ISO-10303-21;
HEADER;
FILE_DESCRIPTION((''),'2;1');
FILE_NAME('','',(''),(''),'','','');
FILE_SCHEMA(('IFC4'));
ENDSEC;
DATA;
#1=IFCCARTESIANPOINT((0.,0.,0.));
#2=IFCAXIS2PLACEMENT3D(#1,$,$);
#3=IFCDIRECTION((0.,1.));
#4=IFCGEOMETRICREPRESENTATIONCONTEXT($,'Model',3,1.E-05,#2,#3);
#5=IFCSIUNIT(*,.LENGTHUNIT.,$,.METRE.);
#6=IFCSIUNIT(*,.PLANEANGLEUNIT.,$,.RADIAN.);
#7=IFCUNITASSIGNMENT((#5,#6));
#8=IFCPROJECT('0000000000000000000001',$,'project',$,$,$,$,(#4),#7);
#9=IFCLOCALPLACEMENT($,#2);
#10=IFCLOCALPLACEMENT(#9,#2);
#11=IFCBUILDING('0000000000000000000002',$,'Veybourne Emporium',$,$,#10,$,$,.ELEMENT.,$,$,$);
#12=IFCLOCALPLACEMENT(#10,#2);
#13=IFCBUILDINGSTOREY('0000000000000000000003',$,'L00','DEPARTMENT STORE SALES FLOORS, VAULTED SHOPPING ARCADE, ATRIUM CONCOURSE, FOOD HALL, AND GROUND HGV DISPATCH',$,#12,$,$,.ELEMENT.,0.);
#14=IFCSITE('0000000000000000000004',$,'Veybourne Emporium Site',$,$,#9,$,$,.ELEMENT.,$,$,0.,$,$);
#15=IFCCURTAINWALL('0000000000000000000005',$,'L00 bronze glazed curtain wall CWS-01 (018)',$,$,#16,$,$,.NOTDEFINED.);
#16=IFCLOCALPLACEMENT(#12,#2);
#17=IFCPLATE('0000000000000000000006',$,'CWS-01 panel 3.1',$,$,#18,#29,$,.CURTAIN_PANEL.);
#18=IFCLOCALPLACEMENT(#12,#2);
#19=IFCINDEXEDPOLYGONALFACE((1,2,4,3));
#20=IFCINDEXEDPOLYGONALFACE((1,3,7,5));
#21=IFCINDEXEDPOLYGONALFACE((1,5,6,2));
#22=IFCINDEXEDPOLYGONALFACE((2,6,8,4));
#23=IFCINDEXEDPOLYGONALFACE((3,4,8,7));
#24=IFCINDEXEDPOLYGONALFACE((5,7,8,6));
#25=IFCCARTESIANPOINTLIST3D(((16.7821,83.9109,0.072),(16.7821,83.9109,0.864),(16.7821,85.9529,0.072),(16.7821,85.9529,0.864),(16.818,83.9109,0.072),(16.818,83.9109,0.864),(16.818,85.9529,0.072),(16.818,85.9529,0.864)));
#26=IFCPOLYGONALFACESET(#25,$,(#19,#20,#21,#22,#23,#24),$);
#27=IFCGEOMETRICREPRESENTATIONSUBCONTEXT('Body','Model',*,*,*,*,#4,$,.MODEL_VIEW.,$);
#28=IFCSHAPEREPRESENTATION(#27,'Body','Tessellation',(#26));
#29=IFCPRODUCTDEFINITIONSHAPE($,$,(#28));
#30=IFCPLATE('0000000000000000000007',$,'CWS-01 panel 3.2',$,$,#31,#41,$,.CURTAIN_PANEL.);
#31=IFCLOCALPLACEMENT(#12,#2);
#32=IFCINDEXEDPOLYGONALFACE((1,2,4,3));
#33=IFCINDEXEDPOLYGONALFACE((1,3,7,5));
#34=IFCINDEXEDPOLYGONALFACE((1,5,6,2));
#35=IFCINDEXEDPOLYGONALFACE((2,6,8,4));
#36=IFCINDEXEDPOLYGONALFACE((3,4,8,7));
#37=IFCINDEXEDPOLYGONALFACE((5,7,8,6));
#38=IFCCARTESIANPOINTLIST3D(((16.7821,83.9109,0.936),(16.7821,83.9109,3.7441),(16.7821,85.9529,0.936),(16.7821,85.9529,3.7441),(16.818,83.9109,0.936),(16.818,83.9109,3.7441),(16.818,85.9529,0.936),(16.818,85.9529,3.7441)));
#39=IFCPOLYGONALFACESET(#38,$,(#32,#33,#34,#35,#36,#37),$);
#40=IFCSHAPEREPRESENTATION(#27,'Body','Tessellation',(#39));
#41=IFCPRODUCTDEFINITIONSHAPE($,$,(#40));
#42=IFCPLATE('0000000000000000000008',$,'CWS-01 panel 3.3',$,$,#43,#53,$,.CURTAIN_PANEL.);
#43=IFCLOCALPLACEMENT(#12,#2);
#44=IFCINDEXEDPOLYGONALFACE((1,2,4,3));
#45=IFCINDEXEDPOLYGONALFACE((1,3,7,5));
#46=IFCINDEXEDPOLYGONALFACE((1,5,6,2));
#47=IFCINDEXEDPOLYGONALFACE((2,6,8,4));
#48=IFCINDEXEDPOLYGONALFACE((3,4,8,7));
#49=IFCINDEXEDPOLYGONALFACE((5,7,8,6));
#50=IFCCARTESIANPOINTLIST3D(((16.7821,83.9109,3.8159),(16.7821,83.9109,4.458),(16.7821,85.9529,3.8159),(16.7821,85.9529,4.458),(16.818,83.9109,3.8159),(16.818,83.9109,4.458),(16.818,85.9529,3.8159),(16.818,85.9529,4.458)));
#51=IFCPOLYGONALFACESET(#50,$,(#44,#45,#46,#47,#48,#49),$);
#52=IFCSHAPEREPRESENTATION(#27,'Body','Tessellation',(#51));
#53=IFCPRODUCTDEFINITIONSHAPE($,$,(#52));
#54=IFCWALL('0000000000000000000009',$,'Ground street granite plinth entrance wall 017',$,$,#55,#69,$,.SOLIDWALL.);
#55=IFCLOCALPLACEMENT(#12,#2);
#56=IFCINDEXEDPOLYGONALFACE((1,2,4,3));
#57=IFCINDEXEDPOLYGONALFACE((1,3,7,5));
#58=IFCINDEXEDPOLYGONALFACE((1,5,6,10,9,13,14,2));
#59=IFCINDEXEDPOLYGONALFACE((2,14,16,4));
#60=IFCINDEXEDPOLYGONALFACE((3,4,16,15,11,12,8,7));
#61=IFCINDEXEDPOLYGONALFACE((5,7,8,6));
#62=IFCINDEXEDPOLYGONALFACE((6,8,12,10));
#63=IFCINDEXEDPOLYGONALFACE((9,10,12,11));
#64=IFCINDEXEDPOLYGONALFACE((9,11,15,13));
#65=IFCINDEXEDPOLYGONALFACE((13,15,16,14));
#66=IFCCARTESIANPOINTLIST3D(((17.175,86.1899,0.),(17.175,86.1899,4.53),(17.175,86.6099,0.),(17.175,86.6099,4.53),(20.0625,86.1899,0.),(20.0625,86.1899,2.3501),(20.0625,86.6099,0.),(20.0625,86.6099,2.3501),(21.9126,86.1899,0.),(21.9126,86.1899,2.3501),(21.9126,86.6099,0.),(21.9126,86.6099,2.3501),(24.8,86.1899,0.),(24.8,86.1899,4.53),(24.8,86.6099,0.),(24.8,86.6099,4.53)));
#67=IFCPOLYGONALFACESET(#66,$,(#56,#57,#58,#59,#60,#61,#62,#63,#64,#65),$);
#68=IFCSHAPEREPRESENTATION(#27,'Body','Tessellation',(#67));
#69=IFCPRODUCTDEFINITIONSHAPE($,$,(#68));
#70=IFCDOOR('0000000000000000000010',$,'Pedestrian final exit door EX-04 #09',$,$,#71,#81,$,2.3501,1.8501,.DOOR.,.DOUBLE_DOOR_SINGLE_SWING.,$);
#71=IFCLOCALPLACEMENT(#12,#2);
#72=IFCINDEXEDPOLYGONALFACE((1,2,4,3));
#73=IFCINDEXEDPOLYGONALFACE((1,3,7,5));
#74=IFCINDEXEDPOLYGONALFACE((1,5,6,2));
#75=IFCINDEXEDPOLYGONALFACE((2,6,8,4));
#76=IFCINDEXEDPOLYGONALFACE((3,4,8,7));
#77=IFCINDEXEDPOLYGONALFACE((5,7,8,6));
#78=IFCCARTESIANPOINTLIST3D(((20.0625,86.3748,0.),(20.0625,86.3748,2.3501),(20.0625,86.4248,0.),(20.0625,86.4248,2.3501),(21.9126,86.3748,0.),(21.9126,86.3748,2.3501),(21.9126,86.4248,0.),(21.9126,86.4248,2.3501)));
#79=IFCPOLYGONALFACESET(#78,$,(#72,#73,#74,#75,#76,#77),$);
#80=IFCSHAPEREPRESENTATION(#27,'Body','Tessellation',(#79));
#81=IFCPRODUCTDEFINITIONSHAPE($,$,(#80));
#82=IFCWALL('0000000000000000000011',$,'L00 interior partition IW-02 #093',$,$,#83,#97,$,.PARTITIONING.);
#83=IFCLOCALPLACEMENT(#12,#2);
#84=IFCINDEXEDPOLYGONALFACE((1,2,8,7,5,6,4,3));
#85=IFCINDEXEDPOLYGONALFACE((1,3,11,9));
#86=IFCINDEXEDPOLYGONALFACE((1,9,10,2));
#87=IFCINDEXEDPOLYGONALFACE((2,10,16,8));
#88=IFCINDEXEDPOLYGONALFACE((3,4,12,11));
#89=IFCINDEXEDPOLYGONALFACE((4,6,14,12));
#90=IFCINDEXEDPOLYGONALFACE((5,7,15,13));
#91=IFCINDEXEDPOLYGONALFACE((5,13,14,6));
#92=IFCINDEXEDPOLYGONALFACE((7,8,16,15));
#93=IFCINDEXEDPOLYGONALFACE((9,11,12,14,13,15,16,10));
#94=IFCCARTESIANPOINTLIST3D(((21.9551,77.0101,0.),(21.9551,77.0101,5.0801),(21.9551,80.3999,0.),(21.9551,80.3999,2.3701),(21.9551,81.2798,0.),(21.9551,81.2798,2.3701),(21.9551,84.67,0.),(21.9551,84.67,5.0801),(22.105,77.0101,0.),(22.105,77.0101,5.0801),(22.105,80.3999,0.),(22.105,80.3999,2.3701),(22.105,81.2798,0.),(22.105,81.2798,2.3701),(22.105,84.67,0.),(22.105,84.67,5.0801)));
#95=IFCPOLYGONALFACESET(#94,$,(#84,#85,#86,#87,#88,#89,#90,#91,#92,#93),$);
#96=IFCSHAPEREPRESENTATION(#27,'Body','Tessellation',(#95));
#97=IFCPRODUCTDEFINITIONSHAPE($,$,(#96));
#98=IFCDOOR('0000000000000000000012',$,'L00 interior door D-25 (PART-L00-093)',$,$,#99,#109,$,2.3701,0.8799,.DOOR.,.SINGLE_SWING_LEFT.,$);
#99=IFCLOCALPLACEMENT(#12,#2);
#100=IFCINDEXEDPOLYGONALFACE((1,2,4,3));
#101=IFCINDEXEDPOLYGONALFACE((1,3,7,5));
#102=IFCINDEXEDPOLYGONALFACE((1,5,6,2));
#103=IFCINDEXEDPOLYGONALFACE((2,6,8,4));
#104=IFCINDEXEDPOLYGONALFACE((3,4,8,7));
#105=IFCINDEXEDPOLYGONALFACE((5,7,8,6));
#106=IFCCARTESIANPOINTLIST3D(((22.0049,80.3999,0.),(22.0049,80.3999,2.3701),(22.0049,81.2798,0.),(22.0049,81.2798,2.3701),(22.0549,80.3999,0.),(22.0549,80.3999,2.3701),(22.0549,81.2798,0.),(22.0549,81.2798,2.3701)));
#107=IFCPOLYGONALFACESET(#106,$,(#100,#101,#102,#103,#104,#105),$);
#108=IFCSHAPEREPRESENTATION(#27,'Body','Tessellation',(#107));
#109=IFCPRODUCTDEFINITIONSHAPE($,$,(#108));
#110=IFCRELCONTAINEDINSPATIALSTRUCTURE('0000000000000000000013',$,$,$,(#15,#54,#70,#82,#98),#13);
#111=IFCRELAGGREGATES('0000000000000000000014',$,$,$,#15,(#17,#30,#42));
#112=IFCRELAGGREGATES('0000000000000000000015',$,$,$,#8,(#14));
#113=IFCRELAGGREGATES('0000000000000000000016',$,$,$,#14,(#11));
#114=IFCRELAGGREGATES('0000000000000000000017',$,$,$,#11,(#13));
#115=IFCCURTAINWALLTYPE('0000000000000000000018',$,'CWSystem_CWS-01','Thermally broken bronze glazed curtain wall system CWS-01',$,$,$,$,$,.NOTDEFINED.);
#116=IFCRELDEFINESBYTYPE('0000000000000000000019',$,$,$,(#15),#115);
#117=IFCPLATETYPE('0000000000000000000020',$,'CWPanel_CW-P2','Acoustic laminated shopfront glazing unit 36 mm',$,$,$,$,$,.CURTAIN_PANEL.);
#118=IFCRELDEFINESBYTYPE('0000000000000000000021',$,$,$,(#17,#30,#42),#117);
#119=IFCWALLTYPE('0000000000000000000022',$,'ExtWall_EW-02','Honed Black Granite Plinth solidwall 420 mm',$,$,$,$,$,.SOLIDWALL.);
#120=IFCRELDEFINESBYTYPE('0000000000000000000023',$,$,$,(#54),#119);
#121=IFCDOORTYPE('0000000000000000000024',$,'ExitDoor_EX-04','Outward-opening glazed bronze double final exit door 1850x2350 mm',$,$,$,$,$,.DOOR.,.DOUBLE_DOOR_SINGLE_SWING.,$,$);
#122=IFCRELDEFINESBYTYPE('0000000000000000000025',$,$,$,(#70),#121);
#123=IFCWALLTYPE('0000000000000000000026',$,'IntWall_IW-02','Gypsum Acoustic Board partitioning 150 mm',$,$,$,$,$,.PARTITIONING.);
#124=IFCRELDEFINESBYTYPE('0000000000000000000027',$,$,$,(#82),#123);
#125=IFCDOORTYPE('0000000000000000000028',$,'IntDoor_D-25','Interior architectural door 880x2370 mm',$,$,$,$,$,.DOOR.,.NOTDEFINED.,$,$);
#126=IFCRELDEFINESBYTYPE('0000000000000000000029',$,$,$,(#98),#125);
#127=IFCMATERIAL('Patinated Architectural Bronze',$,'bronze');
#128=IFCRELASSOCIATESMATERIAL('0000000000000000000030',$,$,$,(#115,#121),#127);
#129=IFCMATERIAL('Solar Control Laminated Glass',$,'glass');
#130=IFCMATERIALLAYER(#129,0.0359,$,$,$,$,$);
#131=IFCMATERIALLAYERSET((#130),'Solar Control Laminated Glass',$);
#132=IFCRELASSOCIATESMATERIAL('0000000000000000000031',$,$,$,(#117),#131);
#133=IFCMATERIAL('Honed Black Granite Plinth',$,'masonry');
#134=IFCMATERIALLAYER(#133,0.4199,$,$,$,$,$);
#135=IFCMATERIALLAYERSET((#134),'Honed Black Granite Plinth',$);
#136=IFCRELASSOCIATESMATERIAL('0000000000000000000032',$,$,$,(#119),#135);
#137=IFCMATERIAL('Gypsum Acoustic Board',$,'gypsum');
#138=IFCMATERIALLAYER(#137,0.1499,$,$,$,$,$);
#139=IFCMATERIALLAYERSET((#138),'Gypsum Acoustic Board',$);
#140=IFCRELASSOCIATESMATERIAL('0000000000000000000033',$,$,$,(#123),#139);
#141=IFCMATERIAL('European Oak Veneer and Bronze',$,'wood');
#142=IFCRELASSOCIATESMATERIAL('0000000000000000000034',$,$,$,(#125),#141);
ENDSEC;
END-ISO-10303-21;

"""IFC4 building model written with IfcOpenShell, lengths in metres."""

from ifc_helpers import new_model, si_unit, direction, frame, frame_2d, origin, origin_2d, place, context, subcontext, project, spatial, rectangle, extrude, material, layer, layer_set, type_object, element, fill, aggregate, save


model = new_model("IFC4")

# Units and contexts
model_context = context("Model", 3, precision=1e-05, world=origin(), true_north=direction((0.0, 1.0)))
body_context = subcontext(model_context, "Body", "Model", "MODEL_VIEW")
ifc_project = project(units=[si_unit("LENGTHUNIT", "METRE"), si_unit("PLANEANGLEUNIT", "RADIAN")], contexts=[model_context])

# Site, building, storey
site_placement = place(None, origin())
site = spatial("IfcSite", under=ifc_project, at=site_placement, Name="Veybourne Emporium Site", CompositionType="ELEMENT", RefElevation=0.0)
building_placement = place(site_placement, origin())
building = spatial("IfcBuilding", under=site, at=building_placement, Name="Veybourne Emporium", CompositionType="ELEMENT")
storey_placement = place(building_placement, origin())
storey = spatial("IfcBuildingStorey", under=building, at=storey_placement, Name="L00", Description="DEPARTMENT STORE SALES FLOORS, VAULTED SHOPPING ARCADE, ATRIUM CONCOURSE, FOOD HALL, AND GROUND HGV DISPATCH", CompositionType="ELEMENT", Elevation=0.0)

# Curtain wall
ifc_material_1 = material(Name="Patinated Architectural Bronze", Category="bronze")
curtain_wall_type = type_object("IfcCurtainWallType", Name="CWSystem_CWS-01", Description="Thermally broken bronze glazed curtain wall system CWS-01", PredefinedType="NOTDEFINED", material=ifc_material_1)
curtain_wall_placement = place(storey_placement, origin())
curtain_wall = element("IfcCurtainWall", 1, at=curtain_wall_placement, inside=storey, type_object=curtain_wall_type, Name="L00 bronze glazed curtain wall CWS-01 (018)", PredefinedType="NOTDEFINED")

# Plates
ifc_material_2 = material(Name="Solar Control Laminated Glass", Category="glass")
ifc_layer_1 = layer(ifc_material_2, 0.0359)
ifc_layer_set_1 = layer_set([ifc_layer_1], Name="Solar Control Laminated Glass")
plate_type = type_object("IfcPlateType", Name="CWPanel_CW-P2", Description="Acoustic laminated shopfront glazing unit 36 mm", PredefinedType="CURTAIN_PANEL", material=ifc_layer_set_1)
plate_1_placement = place(storey_placement, frame((16.8, 84.9319, 0.072), z_axis=(0.0, 0.0, 1.0), x_axis=(0.0, 1.0, 0.0)))
plate_1 = element("IfcPlate", 2, at=plate_1_placement, type_object=plate_type, Name="CWS-01 panel 3.1", PredefinedType="CURTAIN_PANEL", context=body_context, shape_type="SweptSolid", body=[
    extrude(rectangle(XDim=2.042, YDim=0.0359, at=origin_2d()), origin(), (0.0, 0.0, 1.0), 0.792),
])
plate_2_placement = place(storey_placement, frame((16.8, 84.9319, 0.936), z_axis=(0.0, 0.0, 1.0), x_axis=(0.0, 1.0, 0.0)))
plate_2 = element("IfcPlate", 3, at=plate_2_placement, type_object=plate_type, Name="CWS-01 panel 3.2", PredefinedType="CURTAIN_PANEL", context=body_context, shape_type="SweptSolid", body=[
    extrude(rectangle(XDim=2.042, YDim=0.0359, at=origin_2d()), origin(), (0.0, 0.0, 1.0), 2.8081),
])
plate_3_placement = place(storey_placement, frame((16.8, 84.9319, 3.8159), z_axis=(0.0, 0.0, 1.0), x_axis=(0.0, 1.0, 0.0)))
plate_3 = element("IfcPlate", 4, at=plate_3_placement, type_object=plate_type, Name="CWS-01 panel 3.3", PredefinedType="CURTAIN_PANEL", context=body_context, shape_type="SweptSolid", body=[
    extrude(rectangle(XDim=2.042, YDim=0.0359, at=origin_2d()), origin(), (0.0, 0.0, 1.0), 0.6421),
])
aggregate(curtain_wall, [plate_1, plate_2, plate_3])

# Walls, openings, doors
ifc_material_3 = material(Name="Honed Black Granite Plinth", Category="masonry")
ifc_layer_2 = layer(ifc_material_3, 0.4199)
ifc_layer_set_2 = layer_set([ifc_layer_2], Name="Honed Black Granite Plinth")
wall_type_1 = type_object("IfcWallType", Name="ExtWall_EW-02", Description="Honed Black Granite Plinth solidwall 420 mm", PredefinedType="SOLIDWALL", material=ifc_layer_set_2)
wall_1_placement = place(storey_placement, frame((17.175, 86.3999, 0.0), z_axis=(0.0, 0.0, 1.0), x_axis=(1.0, 0.0, 0.0)))
wall_1 = element("IfcWall", 5, at=wall_1_placement, inside=storey, type_object=wall_type_1, Name="Ground street granite plinth entrance wall 017", PredefinedType="SOLIDWALL", context=body_context, shape_type="SweptSolid", body=[
    extrude(rectangle(XDim=7.625, YDim=0.4199, at=frame_2d((3.8125, 0.0))), origin(), (0.0, 0.0, 1.0), 4.53),
])
opening_1_placement = place(wall_1_placement, frame((2.8875, 0.0, 0.0)))
opening_1 = element("IfcOpeningElement", 6, at=opening_1_placement, cuts=wall_1, PredefinedType="OPENING", context=body_context, shape_type="SweptSolid", body=[
    extrude(rectangle(XDim=1.8501, YDim=2.3501, at=frame_2d((0.925, 1.175))), frame((0.0, 0.23, 0.0), z_axis=(0.0, -1.0, 0.0), x_axis=(1.0, 0.0, 0.0)), (0.0, 0.0, 1.0), 0.46),
])
door_type_1 = type_object("IfcDoorType", Name="ExitDoor_EX-04", Description="Outward-opening glazed bronze double final exit door 1850x2350 mm", OperationType="DOUBLE_DOOR_SINGLE_SWING", PredefinedType="DOOR", material=ifc_material_1)
door_1_placement = place(opening_1_placement, origin())
door_1 = element("IfcDoor", 7, at=door_1_placement, inside=storey, type_object=door_type_1, Name="Pedestrian final exit door EX-04 #09", OperationType="DOUBLE_DOOR_SINGLE_SWING", OverallHeight=2.3501, OverallWidth=1.8501, PredefinedType="DOOR", context=body_context, shape_type="SweptSolid", body=[
    extrude(rectangle(XDim=1.8501, YDim=2.3501, at=frame_2d((0.925, 1.175))), frame((0.0, 0.0249, 0.0), z_axis=(0.0, -1.0, 0.0), x_axis=(1.0, 0.0, 0.0)), (0.0, 0.0, 1.0), 0.05),
])
fill(opening_1, door_1)
ifc_material_4 = material(Name="Gypsum Acoustic Board", Category="gypsum")
ifc_layer_3 = layer(ifc_material_4, 0.1499)
ifc_layer_set_3 = layer_set([ifc_layer_3], Name="Gypsum Acoustic Board")
wall_type_2 = type_object("IfcWallType", Name="IntWall_IW-02", Description="Gypsum Acoustic Board partitioning 150 mm", PredefinedType="PARTITIONING", material=ifc_layer_set_3)
wall_2_placement = place(storey_placement, frame((22.03, 77.01, 0.0), z_axis=(0.0, 0.0, 1.0), x_axis=(0.0, 1.0, 0.0)))
wall_2 = element("IfcWall", 8, at=wall_2_placement, inside=storey, type_object=wall_type_2, Name="L00 interior partition IW-02 #093", PredefinedType="PARTITIONING", context=body_context, shape_type="SweptSolid", body=[
    extrude(rectangle(XDim=7.6599, YDim=0.1499, at=frame_2d((3.8301, 0.0))), origin(), (0.0, 0.0, 1.0), 5.0801),
])
opening_2_placement = place(wall_2_placement, frame((3.3899, 0.0, 0.0)))
opening_2 = element("IfcOpeningElement", 9, at=opening_2_placement, cuts=wall_2, PredefinedType="OPENING", context=body_context, shape_type="SweptSolid", body=[
    extrude(rectangle(XDim=0.8799, YDim=2.3701, at=frame_2d((0.4399, 1.1851))), frame((0.0, 0.095, 0.0), z_axis=(0.0, -1.0, 0.0), x_axis=(1.0, 0.0, 0.0)), (0.0, 0.0, 1.0), 0.1899),
])
ifc_material_5 = material(Name="European Oak Veneer and Bronze", Category="wood")
door_type_2 = type_object("IfcDoorType", Name="IntDoor_D-25", Description="Interior architectural door 880x2370 mm", OperationType="NOTDEFINED", PredefinedType="DOOR", material=ifc_material_5)
door_2_placement = place(opening_2_placement, frame((0.8799, 0.0, 0.0), z_axis=(0.0, 0.0, 1.0), x_axis=(-1.0, 0.0, 0.0)))
door_2 = element("IfcDoor", 10, at=door_2_placement, inside=storey, type_object=door_type_2, Name="L00 interior door D-25 (PART-L00-093)", OperationType="SINGLE_SWING_LEFT", OverallHeight=2.3701, OverallWidth=0.8799, PredefinedType="DOOR", context=body_context, shape_type="SweptSolid", body=[
    extrude(rectangle(XDim=0.8799, YDim=2.3701, at=frame_2d((0.4399, 1.1851))), frame((0.0, 0.0249, 0.0), z_axis=(0.0, -1.0, 0.0), x_axis=(1.0, 0.0, 0.0)), (0.0, 0.0, 1.0), 0.05),
])
fill(opening_2, door_2)

save(model, "model.ifc")
